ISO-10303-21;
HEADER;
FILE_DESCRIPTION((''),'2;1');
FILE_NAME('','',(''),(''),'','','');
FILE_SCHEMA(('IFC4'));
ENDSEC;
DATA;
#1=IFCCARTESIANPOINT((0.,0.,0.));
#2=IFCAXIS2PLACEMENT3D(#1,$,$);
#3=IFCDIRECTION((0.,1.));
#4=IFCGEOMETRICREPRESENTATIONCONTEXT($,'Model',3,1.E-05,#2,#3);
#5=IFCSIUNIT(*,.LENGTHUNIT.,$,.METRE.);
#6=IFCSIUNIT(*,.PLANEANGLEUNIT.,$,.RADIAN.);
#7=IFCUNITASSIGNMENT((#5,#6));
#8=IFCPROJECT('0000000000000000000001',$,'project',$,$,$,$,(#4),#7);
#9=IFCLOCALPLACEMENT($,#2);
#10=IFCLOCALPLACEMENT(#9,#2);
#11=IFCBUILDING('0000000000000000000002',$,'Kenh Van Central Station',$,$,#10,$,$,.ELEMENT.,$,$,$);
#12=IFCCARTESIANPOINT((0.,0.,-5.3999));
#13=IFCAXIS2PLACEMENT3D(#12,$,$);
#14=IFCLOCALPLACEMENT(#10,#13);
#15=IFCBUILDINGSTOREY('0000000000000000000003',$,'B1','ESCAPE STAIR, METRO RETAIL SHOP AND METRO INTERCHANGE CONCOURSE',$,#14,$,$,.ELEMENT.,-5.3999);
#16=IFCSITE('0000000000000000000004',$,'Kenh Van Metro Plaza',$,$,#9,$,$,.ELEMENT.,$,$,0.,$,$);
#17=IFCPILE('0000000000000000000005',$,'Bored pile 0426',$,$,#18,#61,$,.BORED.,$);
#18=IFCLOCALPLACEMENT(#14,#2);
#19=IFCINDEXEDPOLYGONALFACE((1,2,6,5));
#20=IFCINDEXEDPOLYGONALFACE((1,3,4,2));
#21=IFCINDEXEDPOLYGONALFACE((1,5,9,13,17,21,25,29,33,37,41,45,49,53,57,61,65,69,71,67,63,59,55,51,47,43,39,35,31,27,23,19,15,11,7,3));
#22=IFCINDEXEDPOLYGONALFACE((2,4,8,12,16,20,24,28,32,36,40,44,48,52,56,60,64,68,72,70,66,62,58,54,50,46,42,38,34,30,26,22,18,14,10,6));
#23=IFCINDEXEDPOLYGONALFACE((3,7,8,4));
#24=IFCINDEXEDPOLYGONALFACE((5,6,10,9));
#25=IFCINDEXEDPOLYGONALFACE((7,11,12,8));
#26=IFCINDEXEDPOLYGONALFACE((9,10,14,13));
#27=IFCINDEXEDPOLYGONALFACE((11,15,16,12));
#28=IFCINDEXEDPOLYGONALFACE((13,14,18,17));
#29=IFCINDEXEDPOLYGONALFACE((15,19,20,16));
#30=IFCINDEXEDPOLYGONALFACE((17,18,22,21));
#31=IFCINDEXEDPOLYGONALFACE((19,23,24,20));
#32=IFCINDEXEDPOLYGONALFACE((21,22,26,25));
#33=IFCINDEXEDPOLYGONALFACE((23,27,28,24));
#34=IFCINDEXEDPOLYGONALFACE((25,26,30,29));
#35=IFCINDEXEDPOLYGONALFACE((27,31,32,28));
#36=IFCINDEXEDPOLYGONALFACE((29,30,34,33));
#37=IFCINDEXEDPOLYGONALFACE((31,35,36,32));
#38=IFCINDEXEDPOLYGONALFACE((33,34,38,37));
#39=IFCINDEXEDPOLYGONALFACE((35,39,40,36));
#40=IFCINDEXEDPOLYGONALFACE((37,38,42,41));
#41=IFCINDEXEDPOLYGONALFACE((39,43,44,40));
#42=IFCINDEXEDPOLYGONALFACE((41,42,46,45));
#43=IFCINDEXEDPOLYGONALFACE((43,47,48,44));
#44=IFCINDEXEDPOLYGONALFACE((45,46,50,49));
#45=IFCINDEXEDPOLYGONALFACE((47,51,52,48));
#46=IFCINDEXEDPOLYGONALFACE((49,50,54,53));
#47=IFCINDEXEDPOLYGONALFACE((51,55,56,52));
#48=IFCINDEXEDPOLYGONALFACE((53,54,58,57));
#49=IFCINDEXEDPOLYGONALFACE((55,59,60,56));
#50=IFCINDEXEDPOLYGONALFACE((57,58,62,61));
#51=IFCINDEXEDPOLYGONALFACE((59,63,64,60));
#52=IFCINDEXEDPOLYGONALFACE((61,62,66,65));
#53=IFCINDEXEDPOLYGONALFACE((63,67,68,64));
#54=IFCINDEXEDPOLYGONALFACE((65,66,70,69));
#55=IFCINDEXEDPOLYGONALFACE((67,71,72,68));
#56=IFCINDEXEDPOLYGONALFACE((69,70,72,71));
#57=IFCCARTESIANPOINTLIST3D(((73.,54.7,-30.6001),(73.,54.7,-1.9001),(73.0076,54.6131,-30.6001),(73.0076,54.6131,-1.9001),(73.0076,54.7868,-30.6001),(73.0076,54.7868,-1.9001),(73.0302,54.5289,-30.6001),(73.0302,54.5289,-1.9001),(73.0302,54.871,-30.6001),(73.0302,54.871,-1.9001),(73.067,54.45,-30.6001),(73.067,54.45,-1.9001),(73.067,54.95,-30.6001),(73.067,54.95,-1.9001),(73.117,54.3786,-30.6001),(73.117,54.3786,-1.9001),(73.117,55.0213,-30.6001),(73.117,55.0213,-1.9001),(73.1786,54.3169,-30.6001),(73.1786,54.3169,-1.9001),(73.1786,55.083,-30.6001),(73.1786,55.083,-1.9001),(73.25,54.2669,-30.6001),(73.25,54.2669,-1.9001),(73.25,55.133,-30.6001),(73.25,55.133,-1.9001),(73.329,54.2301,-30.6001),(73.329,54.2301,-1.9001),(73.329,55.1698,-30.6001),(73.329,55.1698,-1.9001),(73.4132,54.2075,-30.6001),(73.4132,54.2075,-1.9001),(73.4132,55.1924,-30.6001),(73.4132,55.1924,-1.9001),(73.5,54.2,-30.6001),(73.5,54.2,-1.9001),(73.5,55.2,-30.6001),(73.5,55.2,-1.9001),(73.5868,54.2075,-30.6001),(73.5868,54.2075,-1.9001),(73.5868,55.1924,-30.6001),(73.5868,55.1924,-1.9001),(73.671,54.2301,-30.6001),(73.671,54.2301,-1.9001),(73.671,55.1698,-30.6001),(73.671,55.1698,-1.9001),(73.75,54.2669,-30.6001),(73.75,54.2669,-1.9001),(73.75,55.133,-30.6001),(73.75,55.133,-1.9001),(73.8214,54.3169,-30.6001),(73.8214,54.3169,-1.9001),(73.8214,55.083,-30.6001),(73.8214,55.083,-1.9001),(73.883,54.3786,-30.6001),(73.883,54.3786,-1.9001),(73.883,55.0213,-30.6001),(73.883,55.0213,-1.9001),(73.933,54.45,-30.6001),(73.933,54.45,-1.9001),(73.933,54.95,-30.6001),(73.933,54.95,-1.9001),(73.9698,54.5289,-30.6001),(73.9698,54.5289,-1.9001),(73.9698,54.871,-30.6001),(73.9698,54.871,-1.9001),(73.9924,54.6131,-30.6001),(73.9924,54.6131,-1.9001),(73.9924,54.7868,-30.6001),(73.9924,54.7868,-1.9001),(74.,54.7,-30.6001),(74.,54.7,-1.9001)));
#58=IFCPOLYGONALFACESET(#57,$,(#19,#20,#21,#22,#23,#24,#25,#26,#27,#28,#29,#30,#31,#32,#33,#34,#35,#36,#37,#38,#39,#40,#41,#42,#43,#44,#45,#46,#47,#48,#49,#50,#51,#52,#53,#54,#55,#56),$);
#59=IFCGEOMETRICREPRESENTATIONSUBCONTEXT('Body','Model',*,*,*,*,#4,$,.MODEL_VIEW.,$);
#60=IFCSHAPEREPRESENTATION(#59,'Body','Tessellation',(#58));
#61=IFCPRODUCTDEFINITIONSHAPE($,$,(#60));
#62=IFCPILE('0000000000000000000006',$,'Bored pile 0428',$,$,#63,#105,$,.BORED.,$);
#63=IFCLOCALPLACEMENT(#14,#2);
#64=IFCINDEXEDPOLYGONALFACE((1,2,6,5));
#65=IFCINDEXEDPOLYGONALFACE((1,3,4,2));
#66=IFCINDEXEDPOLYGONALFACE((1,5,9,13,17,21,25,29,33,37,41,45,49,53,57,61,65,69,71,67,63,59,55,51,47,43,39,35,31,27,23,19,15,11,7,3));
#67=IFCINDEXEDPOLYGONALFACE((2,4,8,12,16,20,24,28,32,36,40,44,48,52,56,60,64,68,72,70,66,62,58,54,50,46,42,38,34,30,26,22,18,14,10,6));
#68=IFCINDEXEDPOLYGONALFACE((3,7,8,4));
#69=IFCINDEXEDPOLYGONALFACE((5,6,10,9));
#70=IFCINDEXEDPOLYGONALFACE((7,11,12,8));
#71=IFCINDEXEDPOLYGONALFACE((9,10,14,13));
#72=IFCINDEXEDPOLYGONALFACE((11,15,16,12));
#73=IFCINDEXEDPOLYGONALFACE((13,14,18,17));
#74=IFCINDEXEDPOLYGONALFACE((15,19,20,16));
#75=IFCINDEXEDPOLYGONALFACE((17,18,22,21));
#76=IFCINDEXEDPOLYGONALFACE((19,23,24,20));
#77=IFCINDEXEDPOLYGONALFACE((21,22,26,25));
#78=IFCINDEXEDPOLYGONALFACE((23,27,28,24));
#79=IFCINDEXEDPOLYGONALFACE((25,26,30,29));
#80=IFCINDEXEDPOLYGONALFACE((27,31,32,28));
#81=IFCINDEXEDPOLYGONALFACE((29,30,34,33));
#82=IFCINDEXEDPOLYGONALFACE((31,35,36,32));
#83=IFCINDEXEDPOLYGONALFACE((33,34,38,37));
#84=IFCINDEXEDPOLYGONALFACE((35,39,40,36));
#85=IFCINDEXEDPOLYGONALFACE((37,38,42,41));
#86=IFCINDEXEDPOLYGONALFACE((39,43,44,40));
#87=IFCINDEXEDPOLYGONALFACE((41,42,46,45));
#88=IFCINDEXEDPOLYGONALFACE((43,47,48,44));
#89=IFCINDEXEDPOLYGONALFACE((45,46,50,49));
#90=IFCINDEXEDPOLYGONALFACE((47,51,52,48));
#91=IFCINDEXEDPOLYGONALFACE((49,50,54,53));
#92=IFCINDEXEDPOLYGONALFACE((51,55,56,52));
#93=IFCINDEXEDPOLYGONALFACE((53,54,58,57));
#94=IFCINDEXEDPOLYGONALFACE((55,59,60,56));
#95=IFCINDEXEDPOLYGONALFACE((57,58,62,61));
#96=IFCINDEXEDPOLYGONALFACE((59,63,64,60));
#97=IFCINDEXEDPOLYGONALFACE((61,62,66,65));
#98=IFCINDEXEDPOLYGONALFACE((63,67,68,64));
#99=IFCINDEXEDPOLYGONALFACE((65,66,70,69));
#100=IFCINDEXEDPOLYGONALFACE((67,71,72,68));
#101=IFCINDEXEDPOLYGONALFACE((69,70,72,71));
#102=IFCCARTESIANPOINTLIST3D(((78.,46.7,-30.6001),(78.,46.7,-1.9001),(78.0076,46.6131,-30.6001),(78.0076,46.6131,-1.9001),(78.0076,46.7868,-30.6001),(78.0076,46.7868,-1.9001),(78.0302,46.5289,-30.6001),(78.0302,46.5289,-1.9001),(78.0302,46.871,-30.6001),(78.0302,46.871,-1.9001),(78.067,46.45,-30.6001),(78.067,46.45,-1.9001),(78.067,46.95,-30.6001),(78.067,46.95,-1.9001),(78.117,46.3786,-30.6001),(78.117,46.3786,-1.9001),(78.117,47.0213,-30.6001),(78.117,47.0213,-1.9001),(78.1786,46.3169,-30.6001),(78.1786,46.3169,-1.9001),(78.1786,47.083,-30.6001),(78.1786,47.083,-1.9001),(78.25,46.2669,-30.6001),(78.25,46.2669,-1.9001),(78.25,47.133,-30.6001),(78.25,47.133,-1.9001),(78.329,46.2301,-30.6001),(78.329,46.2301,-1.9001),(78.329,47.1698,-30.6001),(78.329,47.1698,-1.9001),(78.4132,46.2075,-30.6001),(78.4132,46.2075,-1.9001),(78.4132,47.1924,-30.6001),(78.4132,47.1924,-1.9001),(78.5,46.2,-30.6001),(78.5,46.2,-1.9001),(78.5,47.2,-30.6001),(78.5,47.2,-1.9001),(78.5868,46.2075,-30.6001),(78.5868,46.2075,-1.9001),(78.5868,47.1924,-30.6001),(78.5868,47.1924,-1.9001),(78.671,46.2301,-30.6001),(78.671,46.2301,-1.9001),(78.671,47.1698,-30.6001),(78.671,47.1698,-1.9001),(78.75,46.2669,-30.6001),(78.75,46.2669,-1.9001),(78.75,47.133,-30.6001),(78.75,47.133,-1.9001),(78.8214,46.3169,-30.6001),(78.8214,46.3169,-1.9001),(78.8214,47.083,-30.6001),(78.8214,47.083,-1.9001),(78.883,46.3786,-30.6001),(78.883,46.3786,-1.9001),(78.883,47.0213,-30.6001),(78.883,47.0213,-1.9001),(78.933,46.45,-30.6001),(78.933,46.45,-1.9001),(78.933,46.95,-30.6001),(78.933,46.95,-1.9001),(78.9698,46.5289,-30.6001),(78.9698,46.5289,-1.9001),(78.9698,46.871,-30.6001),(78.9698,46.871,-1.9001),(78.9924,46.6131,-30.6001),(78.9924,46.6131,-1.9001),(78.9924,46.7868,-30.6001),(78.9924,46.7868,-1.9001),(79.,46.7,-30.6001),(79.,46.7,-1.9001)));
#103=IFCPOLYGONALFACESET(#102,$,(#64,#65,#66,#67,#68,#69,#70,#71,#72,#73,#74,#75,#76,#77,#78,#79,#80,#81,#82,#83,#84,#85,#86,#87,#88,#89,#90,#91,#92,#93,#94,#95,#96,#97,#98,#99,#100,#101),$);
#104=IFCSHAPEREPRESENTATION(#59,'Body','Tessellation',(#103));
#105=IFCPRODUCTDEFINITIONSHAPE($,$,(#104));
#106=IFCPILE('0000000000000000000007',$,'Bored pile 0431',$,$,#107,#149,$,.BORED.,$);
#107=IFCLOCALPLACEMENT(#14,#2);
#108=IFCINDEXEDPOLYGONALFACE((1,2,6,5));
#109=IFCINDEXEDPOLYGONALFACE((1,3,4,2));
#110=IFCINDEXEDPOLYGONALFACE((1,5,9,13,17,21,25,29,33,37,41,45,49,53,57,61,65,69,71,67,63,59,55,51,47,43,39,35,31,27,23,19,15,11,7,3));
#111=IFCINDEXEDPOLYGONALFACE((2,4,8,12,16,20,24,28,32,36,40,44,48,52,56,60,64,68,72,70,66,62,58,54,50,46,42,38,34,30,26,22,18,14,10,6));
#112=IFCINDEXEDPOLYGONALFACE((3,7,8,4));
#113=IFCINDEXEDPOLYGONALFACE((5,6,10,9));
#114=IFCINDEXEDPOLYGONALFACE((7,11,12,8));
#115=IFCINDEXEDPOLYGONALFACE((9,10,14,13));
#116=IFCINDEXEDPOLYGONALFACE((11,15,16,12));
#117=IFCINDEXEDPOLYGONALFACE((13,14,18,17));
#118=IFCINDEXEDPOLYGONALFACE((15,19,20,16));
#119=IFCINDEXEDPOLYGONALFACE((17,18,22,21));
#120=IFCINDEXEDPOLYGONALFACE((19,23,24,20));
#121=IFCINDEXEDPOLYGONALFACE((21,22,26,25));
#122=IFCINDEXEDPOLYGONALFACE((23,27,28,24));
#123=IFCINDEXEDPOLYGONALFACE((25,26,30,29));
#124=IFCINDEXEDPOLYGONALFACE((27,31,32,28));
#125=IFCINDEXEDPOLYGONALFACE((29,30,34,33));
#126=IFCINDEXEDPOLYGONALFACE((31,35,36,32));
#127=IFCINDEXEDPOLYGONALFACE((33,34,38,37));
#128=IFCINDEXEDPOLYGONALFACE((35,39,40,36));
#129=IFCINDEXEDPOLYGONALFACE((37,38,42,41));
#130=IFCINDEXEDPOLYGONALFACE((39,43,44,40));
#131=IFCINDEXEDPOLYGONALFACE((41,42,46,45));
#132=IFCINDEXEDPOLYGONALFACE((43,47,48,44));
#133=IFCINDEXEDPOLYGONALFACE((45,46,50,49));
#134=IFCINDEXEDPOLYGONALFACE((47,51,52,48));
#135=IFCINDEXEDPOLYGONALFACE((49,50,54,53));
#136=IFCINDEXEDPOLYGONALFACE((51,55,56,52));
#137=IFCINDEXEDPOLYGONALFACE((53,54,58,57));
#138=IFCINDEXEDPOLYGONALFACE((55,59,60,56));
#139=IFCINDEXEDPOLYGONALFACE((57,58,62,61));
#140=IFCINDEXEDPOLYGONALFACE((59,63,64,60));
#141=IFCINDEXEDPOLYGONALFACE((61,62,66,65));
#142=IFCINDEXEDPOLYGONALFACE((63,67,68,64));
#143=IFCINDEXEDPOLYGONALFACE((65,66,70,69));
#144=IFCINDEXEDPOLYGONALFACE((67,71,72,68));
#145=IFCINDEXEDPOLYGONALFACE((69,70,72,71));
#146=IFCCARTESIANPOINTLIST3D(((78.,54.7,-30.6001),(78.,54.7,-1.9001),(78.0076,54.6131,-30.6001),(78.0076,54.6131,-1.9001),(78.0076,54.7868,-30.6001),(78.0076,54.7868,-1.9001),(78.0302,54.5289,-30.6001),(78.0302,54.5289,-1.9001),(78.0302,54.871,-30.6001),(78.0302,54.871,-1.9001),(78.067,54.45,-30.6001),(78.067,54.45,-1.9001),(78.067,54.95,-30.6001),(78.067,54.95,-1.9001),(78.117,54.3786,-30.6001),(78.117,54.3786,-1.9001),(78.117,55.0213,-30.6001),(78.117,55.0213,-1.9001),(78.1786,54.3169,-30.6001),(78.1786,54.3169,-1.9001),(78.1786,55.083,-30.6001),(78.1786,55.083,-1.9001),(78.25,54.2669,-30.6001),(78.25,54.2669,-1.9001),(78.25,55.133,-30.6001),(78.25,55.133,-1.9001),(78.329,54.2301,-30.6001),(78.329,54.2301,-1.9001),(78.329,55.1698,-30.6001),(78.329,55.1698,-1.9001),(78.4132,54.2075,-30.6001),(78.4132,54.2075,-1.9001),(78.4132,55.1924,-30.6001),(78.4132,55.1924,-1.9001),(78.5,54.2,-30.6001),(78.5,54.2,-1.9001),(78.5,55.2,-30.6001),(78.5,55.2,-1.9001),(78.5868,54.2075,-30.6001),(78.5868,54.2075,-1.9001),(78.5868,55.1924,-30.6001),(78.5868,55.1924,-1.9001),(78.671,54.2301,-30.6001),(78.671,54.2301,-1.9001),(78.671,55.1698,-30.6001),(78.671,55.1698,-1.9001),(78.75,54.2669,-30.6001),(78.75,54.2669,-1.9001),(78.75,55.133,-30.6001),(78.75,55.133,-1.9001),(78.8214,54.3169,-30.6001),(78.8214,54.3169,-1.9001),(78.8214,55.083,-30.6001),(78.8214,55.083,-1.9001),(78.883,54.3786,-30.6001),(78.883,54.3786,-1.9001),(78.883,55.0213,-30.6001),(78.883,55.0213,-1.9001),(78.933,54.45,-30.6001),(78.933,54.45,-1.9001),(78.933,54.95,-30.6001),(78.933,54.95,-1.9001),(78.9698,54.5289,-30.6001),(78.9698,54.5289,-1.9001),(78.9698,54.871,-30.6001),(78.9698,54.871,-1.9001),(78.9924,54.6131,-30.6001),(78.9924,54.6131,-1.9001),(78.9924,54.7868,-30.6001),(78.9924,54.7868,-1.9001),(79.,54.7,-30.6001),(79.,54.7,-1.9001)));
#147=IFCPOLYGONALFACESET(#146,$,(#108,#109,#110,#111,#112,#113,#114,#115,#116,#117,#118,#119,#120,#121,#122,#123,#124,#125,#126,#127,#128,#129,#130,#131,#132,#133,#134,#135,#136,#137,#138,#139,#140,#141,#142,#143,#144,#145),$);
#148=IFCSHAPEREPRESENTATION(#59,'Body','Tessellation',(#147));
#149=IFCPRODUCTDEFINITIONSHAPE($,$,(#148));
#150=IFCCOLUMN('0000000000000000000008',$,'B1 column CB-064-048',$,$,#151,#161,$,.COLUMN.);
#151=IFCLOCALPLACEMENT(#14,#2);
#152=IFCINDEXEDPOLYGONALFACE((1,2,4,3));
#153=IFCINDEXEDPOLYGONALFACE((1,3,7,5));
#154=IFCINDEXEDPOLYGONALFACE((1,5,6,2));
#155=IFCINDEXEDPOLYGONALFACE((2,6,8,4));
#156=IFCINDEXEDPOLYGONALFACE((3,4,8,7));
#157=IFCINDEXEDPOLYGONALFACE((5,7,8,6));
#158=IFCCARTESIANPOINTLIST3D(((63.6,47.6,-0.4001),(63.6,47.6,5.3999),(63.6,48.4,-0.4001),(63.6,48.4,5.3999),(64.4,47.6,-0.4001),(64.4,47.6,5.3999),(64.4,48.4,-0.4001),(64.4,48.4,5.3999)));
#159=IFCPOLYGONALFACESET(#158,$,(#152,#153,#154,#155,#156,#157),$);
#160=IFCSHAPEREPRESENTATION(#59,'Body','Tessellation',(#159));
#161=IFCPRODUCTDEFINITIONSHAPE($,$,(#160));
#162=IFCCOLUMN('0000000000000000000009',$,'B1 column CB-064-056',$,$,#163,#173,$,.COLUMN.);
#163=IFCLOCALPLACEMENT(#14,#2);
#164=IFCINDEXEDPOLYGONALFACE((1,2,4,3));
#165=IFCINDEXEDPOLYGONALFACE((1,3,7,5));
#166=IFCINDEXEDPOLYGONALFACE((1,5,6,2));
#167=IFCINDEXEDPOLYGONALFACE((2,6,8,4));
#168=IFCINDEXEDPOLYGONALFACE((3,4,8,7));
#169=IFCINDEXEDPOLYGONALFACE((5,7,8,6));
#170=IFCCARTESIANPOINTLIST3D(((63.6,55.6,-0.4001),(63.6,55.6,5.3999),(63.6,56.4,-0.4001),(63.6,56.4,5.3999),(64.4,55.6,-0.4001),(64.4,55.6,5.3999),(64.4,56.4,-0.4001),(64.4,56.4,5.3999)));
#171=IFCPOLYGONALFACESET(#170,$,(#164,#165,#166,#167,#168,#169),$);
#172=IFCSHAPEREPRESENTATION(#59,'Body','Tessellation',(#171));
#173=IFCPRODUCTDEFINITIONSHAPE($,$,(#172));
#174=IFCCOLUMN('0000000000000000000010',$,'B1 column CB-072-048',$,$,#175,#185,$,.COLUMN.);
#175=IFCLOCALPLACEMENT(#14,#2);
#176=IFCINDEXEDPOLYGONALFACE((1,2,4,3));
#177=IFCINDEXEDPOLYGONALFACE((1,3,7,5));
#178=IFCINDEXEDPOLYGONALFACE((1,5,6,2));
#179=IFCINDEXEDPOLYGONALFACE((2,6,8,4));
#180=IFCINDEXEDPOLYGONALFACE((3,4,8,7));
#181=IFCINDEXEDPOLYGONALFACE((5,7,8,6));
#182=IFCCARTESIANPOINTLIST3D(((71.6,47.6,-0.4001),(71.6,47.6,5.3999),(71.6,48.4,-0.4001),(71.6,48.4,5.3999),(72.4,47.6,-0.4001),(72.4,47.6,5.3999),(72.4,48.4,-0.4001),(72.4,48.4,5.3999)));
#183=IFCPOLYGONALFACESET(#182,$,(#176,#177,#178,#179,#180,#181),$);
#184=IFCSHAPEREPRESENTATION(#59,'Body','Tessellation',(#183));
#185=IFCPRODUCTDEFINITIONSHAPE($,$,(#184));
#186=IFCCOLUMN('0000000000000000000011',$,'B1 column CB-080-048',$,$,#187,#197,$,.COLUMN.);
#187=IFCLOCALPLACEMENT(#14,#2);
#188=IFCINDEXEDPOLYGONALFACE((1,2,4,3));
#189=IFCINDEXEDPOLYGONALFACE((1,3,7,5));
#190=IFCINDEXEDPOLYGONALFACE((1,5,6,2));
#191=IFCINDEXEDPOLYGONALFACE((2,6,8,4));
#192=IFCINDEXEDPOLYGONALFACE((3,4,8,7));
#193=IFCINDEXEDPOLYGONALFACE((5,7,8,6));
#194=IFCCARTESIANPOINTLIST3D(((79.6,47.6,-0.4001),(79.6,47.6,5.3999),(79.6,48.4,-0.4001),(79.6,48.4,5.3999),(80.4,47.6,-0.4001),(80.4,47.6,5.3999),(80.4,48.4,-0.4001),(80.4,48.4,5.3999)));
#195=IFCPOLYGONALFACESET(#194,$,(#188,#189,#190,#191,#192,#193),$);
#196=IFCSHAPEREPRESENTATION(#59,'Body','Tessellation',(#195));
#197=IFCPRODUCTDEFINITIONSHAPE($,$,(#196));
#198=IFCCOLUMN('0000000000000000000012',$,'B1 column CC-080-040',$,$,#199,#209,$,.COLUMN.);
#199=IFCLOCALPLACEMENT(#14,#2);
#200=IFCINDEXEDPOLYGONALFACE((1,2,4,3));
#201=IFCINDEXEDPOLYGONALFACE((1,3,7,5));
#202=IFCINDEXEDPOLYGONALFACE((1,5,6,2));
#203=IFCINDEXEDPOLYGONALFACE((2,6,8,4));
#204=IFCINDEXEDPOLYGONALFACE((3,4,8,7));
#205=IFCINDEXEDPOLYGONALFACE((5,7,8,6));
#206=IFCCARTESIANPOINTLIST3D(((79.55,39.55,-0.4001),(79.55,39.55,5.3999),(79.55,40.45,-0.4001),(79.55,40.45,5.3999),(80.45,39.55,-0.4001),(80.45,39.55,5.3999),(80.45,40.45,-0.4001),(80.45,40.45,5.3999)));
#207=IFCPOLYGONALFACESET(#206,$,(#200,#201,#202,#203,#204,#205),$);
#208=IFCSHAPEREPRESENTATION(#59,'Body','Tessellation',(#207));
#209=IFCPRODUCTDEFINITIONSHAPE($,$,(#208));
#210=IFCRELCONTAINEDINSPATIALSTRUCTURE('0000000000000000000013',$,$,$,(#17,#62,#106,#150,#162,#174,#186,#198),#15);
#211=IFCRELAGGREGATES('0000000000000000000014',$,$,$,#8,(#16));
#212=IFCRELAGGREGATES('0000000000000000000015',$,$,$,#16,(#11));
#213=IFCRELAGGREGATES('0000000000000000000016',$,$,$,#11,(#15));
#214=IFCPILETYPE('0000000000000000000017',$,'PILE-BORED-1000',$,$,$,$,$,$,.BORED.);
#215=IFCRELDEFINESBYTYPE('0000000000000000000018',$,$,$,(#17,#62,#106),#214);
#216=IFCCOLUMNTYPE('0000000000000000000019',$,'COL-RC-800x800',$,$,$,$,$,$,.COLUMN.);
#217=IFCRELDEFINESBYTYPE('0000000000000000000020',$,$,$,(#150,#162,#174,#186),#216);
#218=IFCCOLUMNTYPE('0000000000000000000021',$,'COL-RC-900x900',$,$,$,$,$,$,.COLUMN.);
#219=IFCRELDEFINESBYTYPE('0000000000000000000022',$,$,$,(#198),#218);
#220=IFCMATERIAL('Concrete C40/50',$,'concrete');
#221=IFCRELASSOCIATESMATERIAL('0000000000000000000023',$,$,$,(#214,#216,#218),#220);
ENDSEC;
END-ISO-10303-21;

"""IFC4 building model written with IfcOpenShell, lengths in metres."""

from ifc_helpers import new_model, si_unit, direction, frame, origin, origin_2d, place, context, subcontext, project, spatial, rectangle, circle, extrude, material, material_profile, profile_set, type_object, element, save


model = new_model("IFC4")

# Units and contexts
model_context = context("Model", 3, precision=1e-05, world=origin(), true_north=direction((0.0, 1.0)))
body_context = subcontext(model_context, "Body", "Model", "MODEL_VIEW")
ifc_project = project(units=[si_unit("LENGTHUNIT", "METRE"), si_unit("PLANEANGLEUNIT", "RADIAN")], contexts=[model_context])

# Site, building, storey
site_placement = place(None, origin())
site = spatial("IfcSite", under=ifc_project, at=site_placement, Name="Kenh Van Metro Plaza", CompositionType="ELEMENT", RefElevation=0.0)
building_placement = place(site_placement, origin())
building = spatial("IfcBuilding", under=site, at=building_placement, Name="Kenh Van Central Station", CompositionType="ELEMENT")
storey_placement = place(building_placement, frame((0.0, 0.0, -5.3999)))
storey = spatial("IfcBuildingStorey", under=building, at=storey_placement, Name="B1", Description="ESCAPE STAIR, METRO RETAIL SHOP AND METRO INTERCHANGE CONCOURSE", CompositionType="ELEMENT", Elevation=-5.3999)

# Shared definitions
ifc_material = material(Name="Concrete C40/50", Category="concrete")

# Piles
ifc_material_profile_1 = material_profile(ifc_material, circle(Radius=0.5, at=origin_2d()), Name="PILE D1000")
ifc_profile_set_1 = profile_set([ifc_material_profile_1], Name="Concrete C40/50")
pile_type = type_object("IfcPileType", Name="PILE-BORED-1000", PredefinedType="BORED", material=ifc_profile_set_1)
for number, where, z_axis, x_axis, name in (
    (1, (73.5, 54.7, -1.9001), (0.0, 0.0, -1.0), (1.0, 0.0, 0.0), "Bored pile 0426"),
    (2, (78.5, 46.7, -1.9001), (0.0, 0.0, -1.0), (1.0, 0.0, 0.0), "Bored pile 0428"),
    (3, (78.5, 54.7, -1.9001), (0.0, 0.0, -1.0), (1.0, 0.0, 0.0), "Bored pile 0431"),
):
    element("IfcPile", number, at=place(storey_placement, frame(where, z_axis=z_axis, x_axis=x_axis)), inside=storey, type_object=pile_type, Name=name, PredefinedType="BORED", context=body_context, shape_type="SweptSolid", body=[
        extrude(circle(Radius=0.5, at=origin_2d()), origin(), (0.0, 0.0, 1.0), 28.7),
    ])

# Columns
ifc_material_profile_2 = material_profile(ifc_material, rectangle(XDim=0.8, YDim=0.8, at=origin_2d()), Name="RC 800x800")
ifc_profile_set_2 = profile_set([ifc_material_profile_2], Name="Concrete C40/50")
column_type_1 = type_object("IfcColumnType", Name="COL-RC-800x800", PredefinedType="COLUMN", material=ifc_profile_set_2)
for number, where, z_axis, x_axis, name in (
    (4, (64.0, 48.0, -0.4001), (0.0, 0.0, 1.0), (1.0, 0.0, 0.0), "B1 column CB-064-048"),
    (5, (64.0, 56.0, -0.4001), (0.0, 0.0, 1.0), (1.0, 0.0, 0.0), "B1 column CB-064-056"),
    (6, (72.0, 48.0, -0.4001), (0.0, 0.0, 1.0), (1.0, 0.0, 0.0), "B1 column CB-072-048"),
    (7, (80.0, 48.0, -0.4001), (0.0, 0.0, 1.0), (1.0, 0.0, 0.0), "B1 column CB-080-048"),
):
    element("IfcColumn", number, at=place(storey_placement, frame(where, z_axis=z_axis, x_axis=x_axis)), inside=storey, type_object=column_type_1, Name=name, PredefinedType="COLUMN", context=body_context, shape_type="SweptSolid", body=[
        extrude(rectangle(XDim=0.8, YDim=0.8, at=origin_2d()), origin(), (0.0, 0.0, 1.0), 5.8),
    ])
ifc_material_profile_3 = material_profile(ifc_material, rectangle(XDim=0.8999, YDim=0.8999, at=origin_2d()), Name="RC 900x900")
ifc_profile_set_3 = profile_set([ifc_material_profile_3], Name="Concrete C40/50")
column_type_2 = type_object("IfcColumnType", Name="COL-RC-900x900", PredefinedType="COLUMN", material=ifc_profile_set_3)
column_placement = place(storey_placement, frame((80.0, 40.0, -0.4001), z_axis=(0.0, 0.0, 1.0), x_axis=(1.0, 0.0, 0.0)))
element("IfcColumn", 8, at=column_placement, inside=storey, type_object=column_type_2, Name="B1 column CC-080-040", PredefinedType="COLUMN", context=body_context, shape_type="SweptSolid", body=[
    extrude(rectangle(XDim=0.8999, YDim=0.8999, at=origin_2d()), origin(), (0.0, 0.0, 1.0), 5.8),
])

save(model, "model.ifc")
